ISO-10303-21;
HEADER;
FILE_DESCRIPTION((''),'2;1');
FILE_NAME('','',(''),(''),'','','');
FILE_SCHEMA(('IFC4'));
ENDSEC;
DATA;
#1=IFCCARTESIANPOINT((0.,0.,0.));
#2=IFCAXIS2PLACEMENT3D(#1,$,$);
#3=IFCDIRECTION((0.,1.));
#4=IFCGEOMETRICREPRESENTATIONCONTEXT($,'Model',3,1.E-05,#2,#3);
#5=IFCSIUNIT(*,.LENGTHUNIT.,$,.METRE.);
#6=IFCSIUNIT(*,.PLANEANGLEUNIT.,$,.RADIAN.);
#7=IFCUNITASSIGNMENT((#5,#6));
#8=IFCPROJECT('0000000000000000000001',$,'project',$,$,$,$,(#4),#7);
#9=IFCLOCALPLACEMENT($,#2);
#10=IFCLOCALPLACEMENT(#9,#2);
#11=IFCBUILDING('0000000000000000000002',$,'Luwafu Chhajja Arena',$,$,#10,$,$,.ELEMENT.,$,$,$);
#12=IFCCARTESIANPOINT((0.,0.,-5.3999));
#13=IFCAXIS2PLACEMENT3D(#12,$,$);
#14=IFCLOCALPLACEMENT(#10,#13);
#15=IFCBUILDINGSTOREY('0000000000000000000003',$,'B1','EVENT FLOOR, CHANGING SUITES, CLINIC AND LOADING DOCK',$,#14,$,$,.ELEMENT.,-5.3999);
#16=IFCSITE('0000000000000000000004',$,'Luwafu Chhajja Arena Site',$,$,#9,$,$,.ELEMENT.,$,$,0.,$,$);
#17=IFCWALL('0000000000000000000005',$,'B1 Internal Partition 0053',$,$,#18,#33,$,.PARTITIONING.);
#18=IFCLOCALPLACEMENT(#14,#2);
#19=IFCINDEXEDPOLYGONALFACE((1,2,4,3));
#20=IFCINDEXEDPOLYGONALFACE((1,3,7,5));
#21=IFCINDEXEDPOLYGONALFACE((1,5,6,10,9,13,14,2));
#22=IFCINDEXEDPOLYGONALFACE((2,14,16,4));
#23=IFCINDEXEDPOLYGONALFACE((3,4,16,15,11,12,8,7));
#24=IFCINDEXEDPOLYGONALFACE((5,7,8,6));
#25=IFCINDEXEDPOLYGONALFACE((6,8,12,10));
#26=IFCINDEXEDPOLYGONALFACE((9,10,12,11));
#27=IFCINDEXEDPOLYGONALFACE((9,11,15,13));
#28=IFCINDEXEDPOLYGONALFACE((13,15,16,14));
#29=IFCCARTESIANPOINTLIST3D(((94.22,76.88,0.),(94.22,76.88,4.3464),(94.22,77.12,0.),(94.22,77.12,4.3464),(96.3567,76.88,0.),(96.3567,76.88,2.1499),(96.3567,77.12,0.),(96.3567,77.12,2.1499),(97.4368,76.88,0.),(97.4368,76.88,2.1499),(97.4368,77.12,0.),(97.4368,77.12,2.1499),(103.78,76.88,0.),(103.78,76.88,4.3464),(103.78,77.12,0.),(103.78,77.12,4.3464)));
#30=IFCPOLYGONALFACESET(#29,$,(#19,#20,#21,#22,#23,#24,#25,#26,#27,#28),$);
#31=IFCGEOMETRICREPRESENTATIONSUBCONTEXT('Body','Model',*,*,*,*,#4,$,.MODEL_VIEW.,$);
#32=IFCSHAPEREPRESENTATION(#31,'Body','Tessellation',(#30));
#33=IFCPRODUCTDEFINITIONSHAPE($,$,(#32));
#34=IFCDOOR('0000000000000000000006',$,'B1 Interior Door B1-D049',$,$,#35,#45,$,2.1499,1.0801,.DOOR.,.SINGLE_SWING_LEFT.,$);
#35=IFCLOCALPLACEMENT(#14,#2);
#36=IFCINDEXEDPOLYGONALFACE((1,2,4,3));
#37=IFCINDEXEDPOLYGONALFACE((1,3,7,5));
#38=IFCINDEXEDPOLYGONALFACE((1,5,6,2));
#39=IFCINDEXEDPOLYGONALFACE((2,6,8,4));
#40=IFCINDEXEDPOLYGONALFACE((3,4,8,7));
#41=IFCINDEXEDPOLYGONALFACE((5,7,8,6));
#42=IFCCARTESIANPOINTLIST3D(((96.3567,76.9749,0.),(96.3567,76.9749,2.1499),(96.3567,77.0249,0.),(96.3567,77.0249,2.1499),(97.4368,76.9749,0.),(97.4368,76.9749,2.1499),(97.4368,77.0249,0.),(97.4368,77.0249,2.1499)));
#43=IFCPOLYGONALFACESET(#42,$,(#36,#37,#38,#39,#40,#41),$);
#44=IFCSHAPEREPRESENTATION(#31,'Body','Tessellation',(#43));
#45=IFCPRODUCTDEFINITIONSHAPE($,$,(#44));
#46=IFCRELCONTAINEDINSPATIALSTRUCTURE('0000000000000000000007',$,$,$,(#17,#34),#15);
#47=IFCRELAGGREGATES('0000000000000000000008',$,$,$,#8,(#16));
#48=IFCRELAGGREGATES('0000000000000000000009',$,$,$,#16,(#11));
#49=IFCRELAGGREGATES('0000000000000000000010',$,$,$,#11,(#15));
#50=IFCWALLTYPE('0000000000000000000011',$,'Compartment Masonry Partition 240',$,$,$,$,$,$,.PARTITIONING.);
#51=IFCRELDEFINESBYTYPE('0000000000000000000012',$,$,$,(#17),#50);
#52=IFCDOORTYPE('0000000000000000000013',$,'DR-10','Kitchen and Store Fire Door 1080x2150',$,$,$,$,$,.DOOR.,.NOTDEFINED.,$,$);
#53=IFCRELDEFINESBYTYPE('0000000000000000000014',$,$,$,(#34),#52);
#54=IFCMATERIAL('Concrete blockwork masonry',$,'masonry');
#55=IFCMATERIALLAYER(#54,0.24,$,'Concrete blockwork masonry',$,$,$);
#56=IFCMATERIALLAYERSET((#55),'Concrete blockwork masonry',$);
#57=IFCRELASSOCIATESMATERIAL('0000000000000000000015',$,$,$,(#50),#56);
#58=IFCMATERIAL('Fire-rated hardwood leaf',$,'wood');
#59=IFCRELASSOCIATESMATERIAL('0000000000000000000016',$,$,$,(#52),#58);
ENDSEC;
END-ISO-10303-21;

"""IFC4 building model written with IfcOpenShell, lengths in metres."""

from ifc_helpers import new_model, si_unit, direction, frame, frame_2d, origin, place, context, subcontext, project, spatial, rectangle, extrude, material, layer, layer_set, type_object, element, fill, save


model = new_model("IFC4")

# Units and contexts
model_context = context("Model", 3, precision=1e-05, world=origin(), true_north=direction((0.0, 1.0)))
body_context = subcontext(model_context, "Body", "Model", "MODEL_VIEW")
ifc_project = project(units=[si_unit("LENGTHUNIT", "METRE"), si_unit("PLANEANGLEUNIT", "RADIAN")], contexts=[model_context])

# Site, building, storey
site_placement = place(None, origin())
site = spatial("IfcSite", under=ifc_project, at=site_placement, Name="Luwafu Chhajja Arena Site", CompositionType="ELEMENT", RefElevation=0.0)
building_placement = place(site_placement, origin())
building = spatial("IfcBuilding", under=site, at=building_placement, Name="Luwafu Chhajja Arena", CompositionType="ELEMENT")
storey_placement = place(building_placement, frame((0.0, 0.0, -5.3999)))
storey = spatial("IfcBuildingStorey", under=building, at=storey_placement, Name="B1", Description="EVENT FLOOR, CHANGING SUITES, CLINIC AND LOADING DOCK", CompositionType="ELEMENT", Elevation=-5.3999)

# Wall, opening, door
ifc_material_1 = material(Name="Concrete blockwork masonry", Category="masonry")
ifc_layer_1 = layer(ifc_material_1, 0.24, Name="Concrete blockwork masonry")
ifc_layer_set_1 = layer_set([ifc_layer_1], Name="Concrete blockwork masonry")
wall_type_1 = type_object("IfcWallType", Name="Compartment Masonry Partition 240", PredefinedType="PARTITIONING", material=ifc_layer_set_1)
wall_1_placement = place(storey_placement, frame((94.22, 77.0, 0.0), z_axis=(0.0, 0.0, 1.0), x_axis=(1.0, 0.0, 0.0)))
wall_1 = element("IfcWall", 1, at=wall_1_placement, inside=storey, type_object=wall_type_1, Name="B1 Internal Partition 0053", PredefinedType="PARTITIONING", context=body_context, shape_type="SweptSolid", body=[
    extrude(rectangle(XDim=9.5601, YDim=0.24, at=frame_2d((4.78, 0.0))), origin(), (0.0, 0.0, 1.0), 4.3464),
])
opening_placement = place(wall_1_placement, frame((2.1367, 0.0, 0.0)))
opening = element("IfcOpeningElement", 2, at=opening_placement, cuts=wall_1, PredefinedType="OPENING", context=body_context, shape_type="SweptSolid", body=[
    extrude(rectangle(XDim=1.0801, YDim=2.1499, at=frame_2d((0.54, 1.075))), frame((0.0, 0.1299, 0.0), z_axis=(0.0, -1.0, 0.0), x_axis=(1.0, 0.0, 0.0)), (0.0, 0.0, 1.0), 0.26),
])
ifc_material_2 = material(Name="Fire-rated hardwood leaf", Category="wood")
door_type = type_object("IfcDoorType", Name="DR-10", Description="Kitchen and Store Fire Door 1080x2150", OperationType="NOTDEFINED", PredefinedType="DOOR", material=ifc_material_2)
door_placement = place(opening_placement, origin())
door = element("IfcDoor", 3, at=door_placement, inside=storey, type_object=door_type, Name="B1 Interior Door B1-D049", OperationType="SINGLE_SWING_LEFT", OverallHeight=2.1499, OverallWidth=1.0801, PredefinedType="DOOR", context=body_context, shape_type="SweptSolid", body=[
    extrude(rectangle(XDim=1.0801, YDim=2.1499, at=frame_2d((0.54, 1.075))), frame((0.0, 0.0249, 0.0), z_axis=(0.0, -1.0, 0.0), x_axis=(1.0, 0.0, 0.0)), (0.0, 0.0, 1.0), 0.05),
])
fill(opening, door)

save(model, "model.ifc")
